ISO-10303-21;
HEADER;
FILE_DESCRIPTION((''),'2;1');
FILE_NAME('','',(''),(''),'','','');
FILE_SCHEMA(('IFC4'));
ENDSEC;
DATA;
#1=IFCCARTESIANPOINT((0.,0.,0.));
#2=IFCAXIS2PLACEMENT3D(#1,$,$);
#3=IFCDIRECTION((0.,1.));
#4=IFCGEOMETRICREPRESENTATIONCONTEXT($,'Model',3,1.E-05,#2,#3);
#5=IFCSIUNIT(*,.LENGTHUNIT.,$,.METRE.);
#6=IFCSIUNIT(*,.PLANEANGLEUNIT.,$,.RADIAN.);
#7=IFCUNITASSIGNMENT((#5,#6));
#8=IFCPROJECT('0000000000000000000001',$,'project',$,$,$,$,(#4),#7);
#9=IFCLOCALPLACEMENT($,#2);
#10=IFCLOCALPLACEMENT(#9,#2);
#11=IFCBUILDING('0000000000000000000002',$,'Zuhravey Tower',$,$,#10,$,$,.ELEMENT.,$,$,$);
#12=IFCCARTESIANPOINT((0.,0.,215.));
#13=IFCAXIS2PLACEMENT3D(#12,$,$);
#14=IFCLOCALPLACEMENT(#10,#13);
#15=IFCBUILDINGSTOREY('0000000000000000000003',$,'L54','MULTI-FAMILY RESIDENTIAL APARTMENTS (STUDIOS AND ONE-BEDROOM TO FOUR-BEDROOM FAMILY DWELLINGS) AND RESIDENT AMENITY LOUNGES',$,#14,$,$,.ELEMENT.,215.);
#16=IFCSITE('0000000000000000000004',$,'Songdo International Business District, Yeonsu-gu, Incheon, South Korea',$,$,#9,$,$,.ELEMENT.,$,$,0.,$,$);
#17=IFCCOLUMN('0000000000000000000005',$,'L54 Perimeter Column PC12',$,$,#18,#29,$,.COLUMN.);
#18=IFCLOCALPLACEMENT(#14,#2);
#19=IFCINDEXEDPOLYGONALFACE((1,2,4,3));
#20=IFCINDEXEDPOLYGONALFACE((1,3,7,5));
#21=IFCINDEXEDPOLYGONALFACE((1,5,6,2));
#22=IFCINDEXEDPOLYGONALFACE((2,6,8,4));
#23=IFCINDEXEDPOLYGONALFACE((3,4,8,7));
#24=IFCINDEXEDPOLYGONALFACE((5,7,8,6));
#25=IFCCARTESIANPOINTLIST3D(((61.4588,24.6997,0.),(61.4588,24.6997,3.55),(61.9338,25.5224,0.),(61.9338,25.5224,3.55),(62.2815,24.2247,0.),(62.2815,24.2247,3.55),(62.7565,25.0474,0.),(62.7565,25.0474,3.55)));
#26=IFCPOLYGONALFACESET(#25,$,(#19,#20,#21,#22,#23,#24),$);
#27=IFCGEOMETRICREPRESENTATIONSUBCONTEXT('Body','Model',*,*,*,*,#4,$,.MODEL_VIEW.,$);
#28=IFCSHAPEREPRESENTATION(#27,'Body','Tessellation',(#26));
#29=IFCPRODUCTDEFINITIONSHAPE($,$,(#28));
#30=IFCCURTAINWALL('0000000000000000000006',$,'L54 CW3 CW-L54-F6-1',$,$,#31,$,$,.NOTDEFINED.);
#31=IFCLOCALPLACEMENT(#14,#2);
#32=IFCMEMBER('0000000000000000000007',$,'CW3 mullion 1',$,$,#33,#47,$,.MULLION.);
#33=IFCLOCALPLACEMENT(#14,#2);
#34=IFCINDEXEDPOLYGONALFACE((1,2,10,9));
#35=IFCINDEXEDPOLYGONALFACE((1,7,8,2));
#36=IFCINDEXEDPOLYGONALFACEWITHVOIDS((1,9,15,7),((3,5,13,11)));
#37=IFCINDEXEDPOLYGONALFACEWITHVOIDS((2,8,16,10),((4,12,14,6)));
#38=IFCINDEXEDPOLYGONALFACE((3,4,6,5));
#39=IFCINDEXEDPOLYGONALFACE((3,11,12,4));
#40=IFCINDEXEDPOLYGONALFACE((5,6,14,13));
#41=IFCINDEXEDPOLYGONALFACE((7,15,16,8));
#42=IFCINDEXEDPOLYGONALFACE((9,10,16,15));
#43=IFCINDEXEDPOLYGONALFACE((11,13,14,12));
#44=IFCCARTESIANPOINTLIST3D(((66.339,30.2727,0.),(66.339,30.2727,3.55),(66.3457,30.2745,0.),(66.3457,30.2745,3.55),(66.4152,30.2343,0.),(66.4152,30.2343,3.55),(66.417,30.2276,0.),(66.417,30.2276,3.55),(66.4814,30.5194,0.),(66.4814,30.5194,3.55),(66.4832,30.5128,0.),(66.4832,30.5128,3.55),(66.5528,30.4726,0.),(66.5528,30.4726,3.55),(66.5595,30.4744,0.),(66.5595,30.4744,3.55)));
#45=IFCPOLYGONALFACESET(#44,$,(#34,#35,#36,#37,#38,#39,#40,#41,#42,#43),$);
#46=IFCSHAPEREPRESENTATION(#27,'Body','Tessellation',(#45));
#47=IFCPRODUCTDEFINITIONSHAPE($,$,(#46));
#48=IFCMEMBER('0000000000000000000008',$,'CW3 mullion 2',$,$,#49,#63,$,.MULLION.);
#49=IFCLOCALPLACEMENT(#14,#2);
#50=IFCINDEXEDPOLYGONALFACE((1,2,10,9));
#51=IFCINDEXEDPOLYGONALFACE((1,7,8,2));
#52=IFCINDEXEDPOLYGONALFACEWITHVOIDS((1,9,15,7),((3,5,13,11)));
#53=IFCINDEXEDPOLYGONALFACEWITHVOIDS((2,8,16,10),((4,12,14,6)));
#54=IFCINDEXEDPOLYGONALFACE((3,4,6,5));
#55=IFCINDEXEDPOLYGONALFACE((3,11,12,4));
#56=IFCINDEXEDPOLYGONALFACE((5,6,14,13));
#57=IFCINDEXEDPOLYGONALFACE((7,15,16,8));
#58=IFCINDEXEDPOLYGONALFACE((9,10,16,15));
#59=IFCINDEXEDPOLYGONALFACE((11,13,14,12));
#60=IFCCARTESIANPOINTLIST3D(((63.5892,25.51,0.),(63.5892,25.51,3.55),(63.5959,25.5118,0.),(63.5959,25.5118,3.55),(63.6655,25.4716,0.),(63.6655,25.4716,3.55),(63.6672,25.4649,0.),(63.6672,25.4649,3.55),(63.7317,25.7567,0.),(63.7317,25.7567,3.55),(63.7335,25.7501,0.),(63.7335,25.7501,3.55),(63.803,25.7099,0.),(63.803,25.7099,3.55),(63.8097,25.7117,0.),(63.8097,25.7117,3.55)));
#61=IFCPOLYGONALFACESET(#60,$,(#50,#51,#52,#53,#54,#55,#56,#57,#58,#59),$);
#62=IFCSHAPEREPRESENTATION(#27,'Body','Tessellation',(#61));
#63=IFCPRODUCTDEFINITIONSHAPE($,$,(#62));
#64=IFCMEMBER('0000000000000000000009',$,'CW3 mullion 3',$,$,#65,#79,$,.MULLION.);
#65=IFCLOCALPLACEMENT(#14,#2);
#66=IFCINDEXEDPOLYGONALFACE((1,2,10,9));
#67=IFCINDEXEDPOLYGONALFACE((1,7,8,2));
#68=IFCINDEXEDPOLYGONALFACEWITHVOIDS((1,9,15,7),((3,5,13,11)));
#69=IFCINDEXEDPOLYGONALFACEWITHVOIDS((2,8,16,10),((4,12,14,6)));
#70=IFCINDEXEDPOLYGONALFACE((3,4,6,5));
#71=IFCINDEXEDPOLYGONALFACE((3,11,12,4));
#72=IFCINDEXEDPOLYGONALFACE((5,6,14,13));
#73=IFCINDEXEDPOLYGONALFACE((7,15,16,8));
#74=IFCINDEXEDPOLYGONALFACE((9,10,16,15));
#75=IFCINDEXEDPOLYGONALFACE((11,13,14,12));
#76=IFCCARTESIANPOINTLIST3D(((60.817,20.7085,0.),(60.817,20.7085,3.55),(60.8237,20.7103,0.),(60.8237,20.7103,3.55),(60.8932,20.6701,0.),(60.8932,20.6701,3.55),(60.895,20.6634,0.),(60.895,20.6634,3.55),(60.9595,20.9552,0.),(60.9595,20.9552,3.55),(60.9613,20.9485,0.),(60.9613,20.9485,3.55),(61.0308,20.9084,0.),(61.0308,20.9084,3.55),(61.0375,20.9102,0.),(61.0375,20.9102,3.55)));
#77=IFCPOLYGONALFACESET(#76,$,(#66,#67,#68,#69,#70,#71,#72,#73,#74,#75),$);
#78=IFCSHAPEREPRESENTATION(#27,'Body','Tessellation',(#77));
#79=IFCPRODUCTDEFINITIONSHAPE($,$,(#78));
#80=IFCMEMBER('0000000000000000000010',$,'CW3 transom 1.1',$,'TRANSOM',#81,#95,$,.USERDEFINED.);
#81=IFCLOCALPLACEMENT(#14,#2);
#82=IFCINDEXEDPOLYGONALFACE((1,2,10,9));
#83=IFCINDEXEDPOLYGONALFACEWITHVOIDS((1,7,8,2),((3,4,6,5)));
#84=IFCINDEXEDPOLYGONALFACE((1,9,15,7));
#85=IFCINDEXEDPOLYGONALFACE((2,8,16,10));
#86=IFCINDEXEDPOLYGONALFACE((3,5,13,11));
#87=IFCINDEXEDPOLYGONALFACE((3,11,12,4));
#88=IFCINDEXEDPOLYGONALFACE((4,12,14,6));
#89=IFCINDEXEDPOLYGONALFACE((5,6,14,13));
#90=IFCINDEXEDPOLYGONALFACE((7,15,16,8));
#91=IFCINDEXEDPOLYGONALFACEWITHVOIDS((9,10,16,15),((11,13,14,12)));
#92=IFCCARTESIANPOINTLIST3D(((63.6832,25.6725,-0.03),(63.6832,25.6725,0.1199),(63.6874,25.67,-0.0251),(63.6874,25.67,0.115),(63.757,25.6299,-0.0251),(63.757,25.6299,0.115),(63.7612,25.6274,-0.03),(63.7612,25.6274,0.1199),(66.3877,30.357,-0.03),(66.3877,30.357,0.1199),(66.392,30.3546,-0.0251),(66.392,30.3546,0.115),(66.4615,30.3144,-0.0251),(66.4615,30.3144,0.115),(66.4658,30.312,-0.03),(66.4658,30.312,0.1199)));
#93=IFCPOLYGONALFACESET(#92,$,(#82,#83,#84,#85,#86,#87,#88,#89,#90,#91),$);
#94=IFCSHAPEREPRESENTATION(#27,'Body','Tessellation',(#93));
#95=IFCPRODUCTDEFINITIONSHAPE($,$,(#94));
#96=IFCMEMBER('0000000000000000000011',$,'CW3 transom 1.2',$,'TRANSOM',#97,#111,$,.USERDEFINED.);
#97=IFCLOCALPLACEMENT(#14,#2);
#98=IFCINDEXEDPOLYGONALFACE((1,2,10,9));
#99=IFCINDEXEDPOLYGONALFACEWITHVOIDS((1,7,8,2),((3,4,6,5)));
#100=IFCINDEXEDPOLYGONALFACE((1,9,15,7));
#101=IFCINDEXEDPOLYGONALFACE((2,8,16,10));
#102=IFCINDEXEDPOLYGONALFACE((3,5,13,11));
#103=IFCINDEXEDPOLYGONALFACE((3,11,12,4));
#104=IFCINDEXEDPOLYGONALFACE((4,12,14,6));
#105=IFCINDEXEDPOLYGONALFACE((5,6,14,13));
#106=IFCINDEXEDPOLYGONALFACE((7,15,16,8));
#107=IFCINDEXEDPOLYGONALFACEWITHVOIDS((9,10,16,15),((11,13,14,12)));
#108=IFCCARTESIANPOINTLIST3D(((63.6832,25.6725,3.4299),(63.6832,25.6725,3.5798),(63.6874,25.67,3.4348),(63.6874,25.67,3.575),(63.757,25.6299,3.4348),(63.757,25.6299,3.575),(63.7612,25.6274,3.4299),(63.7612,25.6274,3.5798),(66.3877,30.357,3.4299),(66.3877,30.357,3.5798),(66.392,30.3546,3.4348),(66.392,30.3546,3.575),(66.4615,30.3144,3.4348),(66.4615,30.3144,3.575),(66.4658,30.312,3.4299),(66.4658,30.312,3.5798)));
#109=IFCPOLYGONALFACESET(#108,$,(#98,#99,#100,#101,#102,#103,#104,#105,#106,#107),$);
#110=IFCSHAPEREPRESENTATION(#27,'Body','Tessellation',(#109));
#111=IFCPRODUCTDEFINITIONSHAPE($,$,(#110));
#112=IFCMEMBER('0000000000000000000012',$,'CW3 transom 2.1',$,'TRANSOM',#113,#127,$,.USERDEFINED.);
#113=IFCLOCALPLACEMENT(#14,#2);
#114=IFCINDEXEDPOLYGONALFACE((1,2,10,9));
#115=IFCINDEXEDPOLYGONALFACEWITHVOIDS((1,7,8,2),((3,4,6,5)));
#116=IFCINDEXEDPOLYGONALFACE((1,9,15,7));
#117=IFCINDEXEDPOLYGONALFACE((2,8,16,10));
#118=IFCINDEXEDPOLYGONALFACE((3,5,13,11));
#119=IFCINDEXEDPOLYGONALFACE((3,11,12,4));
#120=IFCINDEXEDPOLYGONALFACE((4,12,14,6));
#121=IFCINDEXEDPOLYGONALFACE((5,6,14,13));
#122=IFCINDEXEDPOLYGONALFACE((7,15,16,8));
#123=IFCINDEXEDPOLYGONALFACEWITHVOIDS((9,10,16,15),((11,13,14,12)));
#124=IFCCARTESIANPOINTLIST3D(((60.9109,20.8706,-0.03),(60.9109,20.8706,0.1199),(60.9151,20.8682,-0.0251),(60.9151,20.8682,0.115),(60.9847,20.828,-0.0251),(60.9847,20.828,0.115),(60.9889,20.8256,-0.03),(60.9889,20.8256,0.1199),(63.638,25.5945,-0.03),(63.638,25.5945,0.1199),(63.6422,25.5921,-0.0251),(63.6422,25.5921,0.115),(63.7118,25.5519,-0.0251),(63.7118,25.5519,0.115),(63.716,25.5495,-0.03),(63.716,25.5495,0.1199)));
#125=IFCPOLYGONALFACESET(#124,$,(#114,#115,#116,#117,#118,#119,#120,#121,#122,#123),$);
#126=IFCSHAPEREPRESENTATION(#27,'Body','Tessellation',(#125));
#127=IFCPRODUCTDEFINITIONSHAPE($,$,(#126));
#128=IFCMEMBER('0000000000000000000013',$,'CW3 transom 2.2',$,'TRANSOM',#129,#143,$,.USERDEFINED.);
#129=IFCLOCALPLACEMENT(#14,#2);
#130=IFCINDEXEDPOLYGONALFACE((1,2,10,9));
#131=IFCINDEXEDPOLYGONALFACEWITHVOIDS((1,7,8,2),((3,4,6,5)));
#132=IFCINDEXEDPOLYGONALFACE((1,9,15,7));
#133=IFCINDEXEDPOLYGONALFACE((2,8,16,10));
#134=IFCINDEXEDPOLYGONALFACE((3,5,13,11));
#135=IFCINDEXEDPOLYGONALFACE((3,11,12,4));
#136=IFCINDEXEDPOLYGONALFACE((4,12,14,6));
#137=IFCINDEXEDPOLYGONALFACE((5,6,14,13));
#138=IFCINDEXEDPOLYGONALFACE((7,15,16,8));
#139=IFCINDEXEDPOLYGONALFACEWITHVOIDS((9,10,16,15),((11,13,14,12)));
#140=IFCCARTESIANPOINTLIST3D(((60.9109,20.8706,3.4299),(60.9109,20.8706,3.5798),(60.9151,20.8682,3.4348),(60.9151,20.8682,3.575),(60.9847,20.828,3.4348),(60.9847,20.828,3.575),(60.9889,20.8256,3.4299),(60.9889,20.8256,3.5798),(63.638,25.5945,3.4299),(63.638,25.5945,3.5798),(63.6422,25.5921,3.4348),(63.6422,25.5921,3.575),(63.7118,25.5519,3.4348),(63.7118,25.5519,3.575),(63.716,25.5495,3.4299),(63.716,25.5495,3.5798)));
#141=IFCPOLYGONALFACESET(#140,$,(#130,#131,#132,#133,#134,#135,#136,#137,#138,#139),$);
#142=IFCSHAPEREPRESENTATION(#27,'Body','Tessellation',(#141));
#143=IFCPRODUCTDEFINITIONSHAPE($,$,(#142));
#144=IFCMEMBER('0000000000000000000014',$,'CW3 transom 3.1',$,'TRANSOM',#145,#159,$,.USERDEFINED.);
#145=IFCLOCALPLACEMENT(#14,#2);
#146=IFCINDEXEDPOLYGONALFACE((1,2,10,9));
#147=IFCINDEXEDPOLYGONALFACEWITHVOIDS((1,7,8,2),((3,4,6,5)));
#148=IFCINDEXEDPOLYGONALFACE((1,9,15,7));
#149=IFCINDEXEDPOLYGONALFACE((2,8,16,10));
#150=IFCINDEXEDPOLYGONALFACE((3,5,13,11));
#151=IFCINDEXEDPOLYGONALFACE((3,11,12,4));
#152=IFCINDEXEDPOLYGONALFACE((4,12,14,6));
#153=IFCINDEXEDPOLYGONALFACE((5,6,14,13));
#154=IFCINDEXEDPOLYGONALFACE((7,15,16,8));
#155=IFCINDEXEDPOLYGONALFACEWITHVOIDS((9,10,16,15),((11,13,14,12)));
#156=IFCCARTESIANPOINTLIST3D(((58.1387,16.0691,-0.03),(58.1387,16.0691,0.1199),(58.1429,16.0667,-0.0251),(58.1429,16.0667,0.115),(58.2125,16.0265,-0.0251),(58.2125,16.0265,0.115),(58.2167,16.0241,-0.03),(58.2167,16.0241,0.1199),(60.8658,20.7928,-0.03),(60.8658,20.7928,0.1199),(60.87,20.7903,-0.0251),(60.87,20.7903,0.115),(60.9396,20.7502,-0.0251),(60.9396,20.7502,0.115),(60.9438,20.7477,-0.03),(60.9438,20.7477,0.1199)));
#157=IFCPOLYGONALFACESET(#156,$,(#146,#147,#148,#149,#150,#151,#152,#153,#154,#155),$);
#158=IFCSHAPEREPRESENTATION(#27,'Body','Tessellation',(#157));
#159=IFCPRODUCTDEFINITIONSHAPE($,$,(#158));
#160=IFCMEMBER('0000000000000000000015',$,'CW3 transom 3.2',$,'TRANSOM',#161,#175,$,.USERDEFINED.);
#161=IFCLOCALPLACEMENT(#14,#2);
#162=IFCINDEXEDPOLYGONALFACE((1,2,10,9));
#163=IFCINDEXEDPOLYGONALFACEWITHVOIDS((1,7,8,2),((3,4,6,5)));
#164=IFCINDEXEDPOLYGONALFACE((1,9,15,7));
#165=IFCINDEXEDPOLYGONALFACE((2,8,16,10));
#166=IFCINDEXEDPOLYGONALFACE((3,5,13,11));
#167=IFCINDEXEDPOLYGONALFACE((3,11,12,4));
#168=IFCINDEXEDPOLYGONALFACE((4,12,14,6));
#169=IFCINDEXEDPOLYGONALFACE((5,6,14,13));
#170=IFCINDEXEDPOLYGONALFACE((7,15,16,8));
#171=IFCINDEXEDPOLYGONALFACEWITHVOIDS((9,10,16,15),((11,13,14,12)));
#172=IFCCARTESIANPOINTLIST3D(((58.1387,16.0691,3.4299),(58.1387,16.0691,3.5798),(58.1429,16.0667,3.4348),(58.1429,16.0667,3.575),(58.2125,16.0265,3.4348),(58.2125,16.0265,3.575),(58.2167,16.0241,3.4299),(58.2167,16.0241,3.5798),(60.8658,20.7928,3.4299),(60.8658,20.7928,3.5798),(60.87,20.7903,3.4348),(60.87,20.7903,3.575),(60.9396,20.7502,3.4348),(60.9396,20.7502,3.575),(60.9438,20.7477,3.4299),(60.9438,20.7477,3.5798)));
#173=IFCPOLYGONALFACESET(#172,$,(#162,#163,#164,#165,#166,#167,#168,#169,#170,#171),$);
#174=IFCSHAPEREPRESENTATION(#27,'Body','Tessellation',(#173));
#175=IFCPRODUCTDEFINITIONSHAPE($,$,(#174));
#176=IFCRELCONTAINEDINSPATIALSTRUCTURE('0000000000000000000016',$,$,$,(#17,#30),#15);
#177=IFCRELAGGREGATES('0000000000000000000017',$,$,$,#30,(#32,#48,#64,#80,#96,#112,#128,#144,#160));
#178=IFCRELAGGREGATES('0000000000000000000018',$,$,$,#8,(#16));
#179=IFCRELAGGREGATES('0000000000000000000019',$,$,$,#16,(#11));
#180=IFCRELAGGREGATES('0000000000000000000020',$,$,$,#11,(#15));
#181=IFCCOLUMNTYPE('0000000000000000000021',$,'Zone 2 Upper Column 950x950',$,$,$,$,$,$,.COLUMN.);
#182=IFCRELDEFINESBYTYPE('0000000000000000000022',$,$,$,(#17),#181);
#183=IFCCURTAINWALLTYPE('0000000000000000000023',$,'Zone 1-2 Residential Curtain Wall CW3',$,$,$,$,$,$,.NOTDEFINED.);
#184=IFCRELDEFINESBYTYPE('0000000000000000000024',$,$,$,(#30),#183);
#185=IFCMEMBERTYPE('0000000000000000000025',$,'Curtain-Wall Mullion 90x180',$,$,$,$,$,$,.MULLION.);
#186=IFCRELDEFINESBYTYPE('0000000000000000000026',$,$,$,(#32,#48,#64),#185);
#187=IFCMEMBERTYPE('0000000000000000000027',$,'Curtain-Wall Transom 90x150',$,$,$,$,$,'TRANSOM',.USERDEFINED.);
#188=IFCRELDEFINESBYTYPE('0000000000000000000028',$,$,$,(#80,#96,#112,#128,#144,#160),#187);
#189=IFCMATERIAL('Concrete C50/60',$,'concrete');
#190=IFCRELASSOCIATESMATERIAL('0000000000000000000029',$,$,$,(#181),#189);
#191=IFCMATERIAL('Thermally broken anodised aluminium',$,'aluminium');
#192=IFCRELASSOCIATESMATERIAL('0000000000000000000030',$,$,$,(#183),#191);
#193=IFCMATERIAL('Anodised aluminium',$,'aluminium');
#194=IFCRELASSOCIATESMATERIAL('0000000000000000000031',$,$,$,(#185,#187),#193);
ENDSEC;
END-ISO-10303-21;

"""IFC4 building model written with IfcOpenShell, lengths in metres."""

from ifc_helpers import new_model, si_unit, direction, frame, origin, origin_2d, place, context, subcontext, project, spatial, rectangle, hollow_rectangle, extrude, material, material_profile, profile_set, type_object, element, aggregate, save


model = new_model("IFC4")

# Units and contexts
model_context = context("Model", 3, precision=1e-05, world=origin(), true_north=direction((0.0, 1.0)))
body_context = subcontext(model_context, "Body", "Model", "MODEL_VIEW")
ifc_project = project(units=[si_unit("LENGTHUNIT", "METRE"), si_unit("PLANEANGLEUNIT", "RADIAN")], contexts=[model_context])

# Site, building, storey
site_placement = place(None, origin())
site = spatial("IfcSite", under=ifc_project, at=site_placement, Name="Songdo International Business District, Yeonsu-gu, Incheon, South Korea", CompositionType="ELEMENT", RefElevation=0.0)
building_placement = place(site_placement, origin())
building = spatial("IfcBuilding", under=site, at=building_placement, Name="Zuhravey Tower", CompositionType="ELEMENT")
storey_placement = place(building_placement, frame((0.0, 0.0, 215.0)))
storey = spatial("IfcBuildingStorey", under=building, at=storey_placement, Name="L54", Description="MULTI-FAMILY RESIDENTIAL APARTMENTS (STUDIOS AND ONE-BEDROOM TO FOUR-BEDROOM FAMILY DWELLINGS) AND RESIDENT AMENITY LOUNGES", CompositionType="ELEMENT", Elevation=215.0)

# Column
ifc_material_1 = material(Name="Concrete C50/60", Category="concrete")
ifc_material_profile_1 = material_profile(ifc_material_1, rectangle(XDim=0.95, YDim=0.95, at=origin_2d()), Name="RC-950x950")
ifc_profile_set_1 = profile_set([ifc_material_profile_1], Name="Concrete C50/60")
column_type = type_object("IfcColumnType", Name="Zone 2 Upper Column 950x950", PredefinedType="COLUMN", material=ifc_profile_set_1)
column_placement = place(storey_placement, frame((62.1077, 24.8735, 0.0), z_axis=(0.0, 0.0, 1.0), x_axis=(0.5, 0.866025, 0.0)))
element("IfcColumn", 1, at=column_placement, inside=storey, type_object=column_type, Name="L54 Perimeter Column PC12", PredefinedType="COLUMN", context=body_context, shape_type="SweptSolid", body=[
    extrude(rectangle(XDim=0.95, YDim=0.95, at=origin_2d()), origin(), (0.0, 0.0, 1.0), 3.55),
])

# Curtain wall, members
ifc_material_2 = material(Name="Thermally broken anodised aluminium", Category="aluminium")
curtain_wall_type = type_object("IfcCurtainWallType", Name="Zone 1-2 Residential Curtain Wall CW3", PredefinedType="NOTDEFINED", material=ifc_material_2)
curtain_wall_placement = place(storey_placement, origin())
curtain_wall = element("IfcCurtainWall", 2, at=curtain_wall_placement, inside=storey, type_object=curtain_wall_type, Name="L54 CW3 CW-L54-F6-1", PredefinedType="NOTDEFINED")
ifc_material_3 = material(Name="Anodised aluminium", Category="aluminium")
ifc_material_profile_2 = material_profile(ifc_material_3, hollow_rectangle(XDim=0.0901, YDim=0.2849, WallThickness=0.0049, at=origin_2d()), Name="ALU-RHS-90x285x5")
ifc_profile_set_2 = profile_set([ifc_material_profile_2], Name="Anodised aluminium")
member_type_1 = type_object("IfcMemberType", Name="Curtain-Wall Mullion 90x180", PredefinedType="MULLION", material=ifc_profile_set_2)
member_1_placement = place(storey_placement, frame((66.4492, 30.3735, 0.0), z_axis=(0.0, 0.0, 1.0), x_axis=(0.866025, -0.5, 0.0)))
member_1 = element("IfcMember", 3, at=member_1_placement, type_object=member_type_1, Name="CW3 mullion 1", PredefinedType="MULLION", context=body_context, shape_type="SweptSolid", body=[
    extrude(hollow_rectangle(XDim=0.0901, YDim=0.2849, WallThickness=0.0049, at=origin_2d()), origin(), (0.0, 0.0, 1.0), 3.55),
])
member_2_placement = place(storey_placement, frame((63.6995, 25.6108, 0.0), z_axis=(0.0, 0.0, 1.0), x_axis=(0.866025, -0.5, 0.0)))
member_2 = element("IfcMember", 4, at=member_2_placement, type_object=member_type_1, Name="CW3 mullion 2", PredefinedType="MULLION", context=body_context, shape_type="SweptSolid", body=[
    extrude(hollow_rectangle(XDim=0.0901, YDim=0.2849, WallThickness=0.0049, at=origin_2d()), origin(), (0.0, 0.0, 1.0), 3.55),
])
member_3_placement = place(storey_placement, frame((60.9272, 20.8093, 0.0), z_axis=(0.0, 0.0, 1.0), x_axis=(0.866025, -0.5, 0.0)))
member_3 = element("IfcMember", 5, at=member_3_placement, type_object=member_type_1, Name="CW3 mullion 3", PredefinedType="MULLION", context=body_context, shape_type="SweptSolid", body=[
    extrude(hollow_rectangle(XDim=0.0901, YDim=0.2849, WallThickness=0.0049, at=origin_2d()), origin(), (0.0, 0.0, 1.0), 3.55),
])
ifc_material_profile_3 = material_profile(ifc_material_3, hollow_rectangle(XDim=0.0901, YDim=0.1499, WallThickness=0.0049, at=origin_2d()), Name="ALU-RHS-90x150x5")
ifc_profile_set_3 = profile_set([ifc_material_profile_3], Name="Anodised aluminium")
member_type_2 = type_object("IfcMemberType", Name="Curtain-Wall Transom 90x150", ElementType="TRANSOM", PredefinedType="USERDEFINED", material=ifc_profile_set_3)
member_4_placement = place(storey_placement, frame((66.4268, 30.3345, 0.0449), z_axis=(-0.499993, -0.866029, 0.0), x_axis=(0.866029, -0.499993, 0.0)))
member_4 = element("IfcMember", 6, at=member_4_placement, type_object=member_type_2, Name="CW3 transom 1.1", ObjectType="TRANSOM", PredefinedType="USERDEFINED", context=body_context, shape_type="SweptSolid", body=[
    extrude(hollow_rectangle(XDim=0.0901, YDim=0.1499, WallThickness=0.0049, at=origin_2d()), origin(), (0.0, 0.0, 1.0), 5.4092),
])
member_5_placement = place(storey_placement, frame((66.4268, 30.3345, 3.5049), z_axis=(-0.499993, -0.866029, 0.0), x_axis=(0.866029, -0.499993, 0.0)))
member_5 = element("IfcMember", 7, at=member_5_placement, type_object=member_type_2, Name="CW3 transom 1.2", ObjectType="TRANSOM", PredefinedType="USERDEFINED", context=body_context, shape_type="SweptSolid", body=[
    extrude(hollow_rectangle(XDim=0.0901, YDim=0.1499, WallThickness=0.0049, at=origin_2d()), origin(), (0.0, 0.0, 1.0), 5.4092),
])
member_6_placement = place(storey_placement, frame((63.677, 25.572, 0.0449), z_axis=(-0.499961, -0.866048, 0.0), x_axis=(0.866048, -0.499961, 0.0)))
member_6 = element("IfcMember", 8, at=member_6_placement, type_object=member_type_2, Name="CW3 transom 2.1", ObjectType="TRANSOM", PredefinedType="USERDEFINED", context=body_context, shape_type="SweptSolid", body=[
    extrude(hollow_rectangle(XDim=0.0901, YDim=0.1499, WallThickness=0.0049, at=origin_2d()), origin(), (0.0, 0.0, 1.0), 5.4546),
])
member_7_placement = place(storey_placement, frame((63.677, 25.572, 3.5049), z_axis=(-0.499961, -0.866048, 0.0), x_axis=(0.866048, -0.499961, 0.0)))
member_7 = element("IfcMember", 9, at=member_7_placement, type_object=member_type_2, Name="CW3 transom 2.2", ObjectType="TRANSOM", PredefinedType="USERDEFINED", context=body_context, shape_type="SweptSolid", body=[
    extrude(hollow_rectangle(XDim=0.0901, YDim=0.1499, WallThickness=0.0049, at=origin_2d()), origin(), (0.0, 0.0, 1.0), 5.4546),
])
member_8_placement = place(storey_placement, frame((60.9048, 20.7703, 0.0449), z_axis=(-0.499981, -0.866037, 0.0), x_axis=(0.866037, -0.499981, 0.0)))
member_8 = element("IfcMember", 10, at=member_8_placement, type_object=member_type_2, Name="CW3 transom 3.1", ObjectType="TRANSOM", PredefinedType="USERDEFINED", context=body_context, shape_type="SweptSolid", body=[
    extrude(hollow_rectangle(XDim=0.0901, YDim=0.1499, WallThickness=0.0049, at=origin_2d()), origin(), (0.0, 0.0, 1.0), 5.4543),
])
member_9_placement = place(storey_placement, frame((60.9048, 20.7703, 3.5049), z_axis=(-0.499981, -0.866037, 0.0), x_axis=(0.866037, -0.499981, 0.0)))
member_9 = element("IfcMember", 11, at=member_9_placement, type_object=member_type_2, Name="CW3 transom 3.2", ObjectType="TRANSOM", PredefinedType="USERDEFINED", context=body_context, shape_type="SweptSolid", body=[
    extrude(hollow_rectangle(XDim=0.0901, YDim=0.1499, WallThickness=0.0049, at=origin_2d()), origin(), (0.0, 0.0, 1.0), 5.4543),
])

aggregate(curtain_wall, [member_1, member_2, member_3, member_4, member_5, member_6, member_7, member_8, member_9])

save(model, "model.ifc")
